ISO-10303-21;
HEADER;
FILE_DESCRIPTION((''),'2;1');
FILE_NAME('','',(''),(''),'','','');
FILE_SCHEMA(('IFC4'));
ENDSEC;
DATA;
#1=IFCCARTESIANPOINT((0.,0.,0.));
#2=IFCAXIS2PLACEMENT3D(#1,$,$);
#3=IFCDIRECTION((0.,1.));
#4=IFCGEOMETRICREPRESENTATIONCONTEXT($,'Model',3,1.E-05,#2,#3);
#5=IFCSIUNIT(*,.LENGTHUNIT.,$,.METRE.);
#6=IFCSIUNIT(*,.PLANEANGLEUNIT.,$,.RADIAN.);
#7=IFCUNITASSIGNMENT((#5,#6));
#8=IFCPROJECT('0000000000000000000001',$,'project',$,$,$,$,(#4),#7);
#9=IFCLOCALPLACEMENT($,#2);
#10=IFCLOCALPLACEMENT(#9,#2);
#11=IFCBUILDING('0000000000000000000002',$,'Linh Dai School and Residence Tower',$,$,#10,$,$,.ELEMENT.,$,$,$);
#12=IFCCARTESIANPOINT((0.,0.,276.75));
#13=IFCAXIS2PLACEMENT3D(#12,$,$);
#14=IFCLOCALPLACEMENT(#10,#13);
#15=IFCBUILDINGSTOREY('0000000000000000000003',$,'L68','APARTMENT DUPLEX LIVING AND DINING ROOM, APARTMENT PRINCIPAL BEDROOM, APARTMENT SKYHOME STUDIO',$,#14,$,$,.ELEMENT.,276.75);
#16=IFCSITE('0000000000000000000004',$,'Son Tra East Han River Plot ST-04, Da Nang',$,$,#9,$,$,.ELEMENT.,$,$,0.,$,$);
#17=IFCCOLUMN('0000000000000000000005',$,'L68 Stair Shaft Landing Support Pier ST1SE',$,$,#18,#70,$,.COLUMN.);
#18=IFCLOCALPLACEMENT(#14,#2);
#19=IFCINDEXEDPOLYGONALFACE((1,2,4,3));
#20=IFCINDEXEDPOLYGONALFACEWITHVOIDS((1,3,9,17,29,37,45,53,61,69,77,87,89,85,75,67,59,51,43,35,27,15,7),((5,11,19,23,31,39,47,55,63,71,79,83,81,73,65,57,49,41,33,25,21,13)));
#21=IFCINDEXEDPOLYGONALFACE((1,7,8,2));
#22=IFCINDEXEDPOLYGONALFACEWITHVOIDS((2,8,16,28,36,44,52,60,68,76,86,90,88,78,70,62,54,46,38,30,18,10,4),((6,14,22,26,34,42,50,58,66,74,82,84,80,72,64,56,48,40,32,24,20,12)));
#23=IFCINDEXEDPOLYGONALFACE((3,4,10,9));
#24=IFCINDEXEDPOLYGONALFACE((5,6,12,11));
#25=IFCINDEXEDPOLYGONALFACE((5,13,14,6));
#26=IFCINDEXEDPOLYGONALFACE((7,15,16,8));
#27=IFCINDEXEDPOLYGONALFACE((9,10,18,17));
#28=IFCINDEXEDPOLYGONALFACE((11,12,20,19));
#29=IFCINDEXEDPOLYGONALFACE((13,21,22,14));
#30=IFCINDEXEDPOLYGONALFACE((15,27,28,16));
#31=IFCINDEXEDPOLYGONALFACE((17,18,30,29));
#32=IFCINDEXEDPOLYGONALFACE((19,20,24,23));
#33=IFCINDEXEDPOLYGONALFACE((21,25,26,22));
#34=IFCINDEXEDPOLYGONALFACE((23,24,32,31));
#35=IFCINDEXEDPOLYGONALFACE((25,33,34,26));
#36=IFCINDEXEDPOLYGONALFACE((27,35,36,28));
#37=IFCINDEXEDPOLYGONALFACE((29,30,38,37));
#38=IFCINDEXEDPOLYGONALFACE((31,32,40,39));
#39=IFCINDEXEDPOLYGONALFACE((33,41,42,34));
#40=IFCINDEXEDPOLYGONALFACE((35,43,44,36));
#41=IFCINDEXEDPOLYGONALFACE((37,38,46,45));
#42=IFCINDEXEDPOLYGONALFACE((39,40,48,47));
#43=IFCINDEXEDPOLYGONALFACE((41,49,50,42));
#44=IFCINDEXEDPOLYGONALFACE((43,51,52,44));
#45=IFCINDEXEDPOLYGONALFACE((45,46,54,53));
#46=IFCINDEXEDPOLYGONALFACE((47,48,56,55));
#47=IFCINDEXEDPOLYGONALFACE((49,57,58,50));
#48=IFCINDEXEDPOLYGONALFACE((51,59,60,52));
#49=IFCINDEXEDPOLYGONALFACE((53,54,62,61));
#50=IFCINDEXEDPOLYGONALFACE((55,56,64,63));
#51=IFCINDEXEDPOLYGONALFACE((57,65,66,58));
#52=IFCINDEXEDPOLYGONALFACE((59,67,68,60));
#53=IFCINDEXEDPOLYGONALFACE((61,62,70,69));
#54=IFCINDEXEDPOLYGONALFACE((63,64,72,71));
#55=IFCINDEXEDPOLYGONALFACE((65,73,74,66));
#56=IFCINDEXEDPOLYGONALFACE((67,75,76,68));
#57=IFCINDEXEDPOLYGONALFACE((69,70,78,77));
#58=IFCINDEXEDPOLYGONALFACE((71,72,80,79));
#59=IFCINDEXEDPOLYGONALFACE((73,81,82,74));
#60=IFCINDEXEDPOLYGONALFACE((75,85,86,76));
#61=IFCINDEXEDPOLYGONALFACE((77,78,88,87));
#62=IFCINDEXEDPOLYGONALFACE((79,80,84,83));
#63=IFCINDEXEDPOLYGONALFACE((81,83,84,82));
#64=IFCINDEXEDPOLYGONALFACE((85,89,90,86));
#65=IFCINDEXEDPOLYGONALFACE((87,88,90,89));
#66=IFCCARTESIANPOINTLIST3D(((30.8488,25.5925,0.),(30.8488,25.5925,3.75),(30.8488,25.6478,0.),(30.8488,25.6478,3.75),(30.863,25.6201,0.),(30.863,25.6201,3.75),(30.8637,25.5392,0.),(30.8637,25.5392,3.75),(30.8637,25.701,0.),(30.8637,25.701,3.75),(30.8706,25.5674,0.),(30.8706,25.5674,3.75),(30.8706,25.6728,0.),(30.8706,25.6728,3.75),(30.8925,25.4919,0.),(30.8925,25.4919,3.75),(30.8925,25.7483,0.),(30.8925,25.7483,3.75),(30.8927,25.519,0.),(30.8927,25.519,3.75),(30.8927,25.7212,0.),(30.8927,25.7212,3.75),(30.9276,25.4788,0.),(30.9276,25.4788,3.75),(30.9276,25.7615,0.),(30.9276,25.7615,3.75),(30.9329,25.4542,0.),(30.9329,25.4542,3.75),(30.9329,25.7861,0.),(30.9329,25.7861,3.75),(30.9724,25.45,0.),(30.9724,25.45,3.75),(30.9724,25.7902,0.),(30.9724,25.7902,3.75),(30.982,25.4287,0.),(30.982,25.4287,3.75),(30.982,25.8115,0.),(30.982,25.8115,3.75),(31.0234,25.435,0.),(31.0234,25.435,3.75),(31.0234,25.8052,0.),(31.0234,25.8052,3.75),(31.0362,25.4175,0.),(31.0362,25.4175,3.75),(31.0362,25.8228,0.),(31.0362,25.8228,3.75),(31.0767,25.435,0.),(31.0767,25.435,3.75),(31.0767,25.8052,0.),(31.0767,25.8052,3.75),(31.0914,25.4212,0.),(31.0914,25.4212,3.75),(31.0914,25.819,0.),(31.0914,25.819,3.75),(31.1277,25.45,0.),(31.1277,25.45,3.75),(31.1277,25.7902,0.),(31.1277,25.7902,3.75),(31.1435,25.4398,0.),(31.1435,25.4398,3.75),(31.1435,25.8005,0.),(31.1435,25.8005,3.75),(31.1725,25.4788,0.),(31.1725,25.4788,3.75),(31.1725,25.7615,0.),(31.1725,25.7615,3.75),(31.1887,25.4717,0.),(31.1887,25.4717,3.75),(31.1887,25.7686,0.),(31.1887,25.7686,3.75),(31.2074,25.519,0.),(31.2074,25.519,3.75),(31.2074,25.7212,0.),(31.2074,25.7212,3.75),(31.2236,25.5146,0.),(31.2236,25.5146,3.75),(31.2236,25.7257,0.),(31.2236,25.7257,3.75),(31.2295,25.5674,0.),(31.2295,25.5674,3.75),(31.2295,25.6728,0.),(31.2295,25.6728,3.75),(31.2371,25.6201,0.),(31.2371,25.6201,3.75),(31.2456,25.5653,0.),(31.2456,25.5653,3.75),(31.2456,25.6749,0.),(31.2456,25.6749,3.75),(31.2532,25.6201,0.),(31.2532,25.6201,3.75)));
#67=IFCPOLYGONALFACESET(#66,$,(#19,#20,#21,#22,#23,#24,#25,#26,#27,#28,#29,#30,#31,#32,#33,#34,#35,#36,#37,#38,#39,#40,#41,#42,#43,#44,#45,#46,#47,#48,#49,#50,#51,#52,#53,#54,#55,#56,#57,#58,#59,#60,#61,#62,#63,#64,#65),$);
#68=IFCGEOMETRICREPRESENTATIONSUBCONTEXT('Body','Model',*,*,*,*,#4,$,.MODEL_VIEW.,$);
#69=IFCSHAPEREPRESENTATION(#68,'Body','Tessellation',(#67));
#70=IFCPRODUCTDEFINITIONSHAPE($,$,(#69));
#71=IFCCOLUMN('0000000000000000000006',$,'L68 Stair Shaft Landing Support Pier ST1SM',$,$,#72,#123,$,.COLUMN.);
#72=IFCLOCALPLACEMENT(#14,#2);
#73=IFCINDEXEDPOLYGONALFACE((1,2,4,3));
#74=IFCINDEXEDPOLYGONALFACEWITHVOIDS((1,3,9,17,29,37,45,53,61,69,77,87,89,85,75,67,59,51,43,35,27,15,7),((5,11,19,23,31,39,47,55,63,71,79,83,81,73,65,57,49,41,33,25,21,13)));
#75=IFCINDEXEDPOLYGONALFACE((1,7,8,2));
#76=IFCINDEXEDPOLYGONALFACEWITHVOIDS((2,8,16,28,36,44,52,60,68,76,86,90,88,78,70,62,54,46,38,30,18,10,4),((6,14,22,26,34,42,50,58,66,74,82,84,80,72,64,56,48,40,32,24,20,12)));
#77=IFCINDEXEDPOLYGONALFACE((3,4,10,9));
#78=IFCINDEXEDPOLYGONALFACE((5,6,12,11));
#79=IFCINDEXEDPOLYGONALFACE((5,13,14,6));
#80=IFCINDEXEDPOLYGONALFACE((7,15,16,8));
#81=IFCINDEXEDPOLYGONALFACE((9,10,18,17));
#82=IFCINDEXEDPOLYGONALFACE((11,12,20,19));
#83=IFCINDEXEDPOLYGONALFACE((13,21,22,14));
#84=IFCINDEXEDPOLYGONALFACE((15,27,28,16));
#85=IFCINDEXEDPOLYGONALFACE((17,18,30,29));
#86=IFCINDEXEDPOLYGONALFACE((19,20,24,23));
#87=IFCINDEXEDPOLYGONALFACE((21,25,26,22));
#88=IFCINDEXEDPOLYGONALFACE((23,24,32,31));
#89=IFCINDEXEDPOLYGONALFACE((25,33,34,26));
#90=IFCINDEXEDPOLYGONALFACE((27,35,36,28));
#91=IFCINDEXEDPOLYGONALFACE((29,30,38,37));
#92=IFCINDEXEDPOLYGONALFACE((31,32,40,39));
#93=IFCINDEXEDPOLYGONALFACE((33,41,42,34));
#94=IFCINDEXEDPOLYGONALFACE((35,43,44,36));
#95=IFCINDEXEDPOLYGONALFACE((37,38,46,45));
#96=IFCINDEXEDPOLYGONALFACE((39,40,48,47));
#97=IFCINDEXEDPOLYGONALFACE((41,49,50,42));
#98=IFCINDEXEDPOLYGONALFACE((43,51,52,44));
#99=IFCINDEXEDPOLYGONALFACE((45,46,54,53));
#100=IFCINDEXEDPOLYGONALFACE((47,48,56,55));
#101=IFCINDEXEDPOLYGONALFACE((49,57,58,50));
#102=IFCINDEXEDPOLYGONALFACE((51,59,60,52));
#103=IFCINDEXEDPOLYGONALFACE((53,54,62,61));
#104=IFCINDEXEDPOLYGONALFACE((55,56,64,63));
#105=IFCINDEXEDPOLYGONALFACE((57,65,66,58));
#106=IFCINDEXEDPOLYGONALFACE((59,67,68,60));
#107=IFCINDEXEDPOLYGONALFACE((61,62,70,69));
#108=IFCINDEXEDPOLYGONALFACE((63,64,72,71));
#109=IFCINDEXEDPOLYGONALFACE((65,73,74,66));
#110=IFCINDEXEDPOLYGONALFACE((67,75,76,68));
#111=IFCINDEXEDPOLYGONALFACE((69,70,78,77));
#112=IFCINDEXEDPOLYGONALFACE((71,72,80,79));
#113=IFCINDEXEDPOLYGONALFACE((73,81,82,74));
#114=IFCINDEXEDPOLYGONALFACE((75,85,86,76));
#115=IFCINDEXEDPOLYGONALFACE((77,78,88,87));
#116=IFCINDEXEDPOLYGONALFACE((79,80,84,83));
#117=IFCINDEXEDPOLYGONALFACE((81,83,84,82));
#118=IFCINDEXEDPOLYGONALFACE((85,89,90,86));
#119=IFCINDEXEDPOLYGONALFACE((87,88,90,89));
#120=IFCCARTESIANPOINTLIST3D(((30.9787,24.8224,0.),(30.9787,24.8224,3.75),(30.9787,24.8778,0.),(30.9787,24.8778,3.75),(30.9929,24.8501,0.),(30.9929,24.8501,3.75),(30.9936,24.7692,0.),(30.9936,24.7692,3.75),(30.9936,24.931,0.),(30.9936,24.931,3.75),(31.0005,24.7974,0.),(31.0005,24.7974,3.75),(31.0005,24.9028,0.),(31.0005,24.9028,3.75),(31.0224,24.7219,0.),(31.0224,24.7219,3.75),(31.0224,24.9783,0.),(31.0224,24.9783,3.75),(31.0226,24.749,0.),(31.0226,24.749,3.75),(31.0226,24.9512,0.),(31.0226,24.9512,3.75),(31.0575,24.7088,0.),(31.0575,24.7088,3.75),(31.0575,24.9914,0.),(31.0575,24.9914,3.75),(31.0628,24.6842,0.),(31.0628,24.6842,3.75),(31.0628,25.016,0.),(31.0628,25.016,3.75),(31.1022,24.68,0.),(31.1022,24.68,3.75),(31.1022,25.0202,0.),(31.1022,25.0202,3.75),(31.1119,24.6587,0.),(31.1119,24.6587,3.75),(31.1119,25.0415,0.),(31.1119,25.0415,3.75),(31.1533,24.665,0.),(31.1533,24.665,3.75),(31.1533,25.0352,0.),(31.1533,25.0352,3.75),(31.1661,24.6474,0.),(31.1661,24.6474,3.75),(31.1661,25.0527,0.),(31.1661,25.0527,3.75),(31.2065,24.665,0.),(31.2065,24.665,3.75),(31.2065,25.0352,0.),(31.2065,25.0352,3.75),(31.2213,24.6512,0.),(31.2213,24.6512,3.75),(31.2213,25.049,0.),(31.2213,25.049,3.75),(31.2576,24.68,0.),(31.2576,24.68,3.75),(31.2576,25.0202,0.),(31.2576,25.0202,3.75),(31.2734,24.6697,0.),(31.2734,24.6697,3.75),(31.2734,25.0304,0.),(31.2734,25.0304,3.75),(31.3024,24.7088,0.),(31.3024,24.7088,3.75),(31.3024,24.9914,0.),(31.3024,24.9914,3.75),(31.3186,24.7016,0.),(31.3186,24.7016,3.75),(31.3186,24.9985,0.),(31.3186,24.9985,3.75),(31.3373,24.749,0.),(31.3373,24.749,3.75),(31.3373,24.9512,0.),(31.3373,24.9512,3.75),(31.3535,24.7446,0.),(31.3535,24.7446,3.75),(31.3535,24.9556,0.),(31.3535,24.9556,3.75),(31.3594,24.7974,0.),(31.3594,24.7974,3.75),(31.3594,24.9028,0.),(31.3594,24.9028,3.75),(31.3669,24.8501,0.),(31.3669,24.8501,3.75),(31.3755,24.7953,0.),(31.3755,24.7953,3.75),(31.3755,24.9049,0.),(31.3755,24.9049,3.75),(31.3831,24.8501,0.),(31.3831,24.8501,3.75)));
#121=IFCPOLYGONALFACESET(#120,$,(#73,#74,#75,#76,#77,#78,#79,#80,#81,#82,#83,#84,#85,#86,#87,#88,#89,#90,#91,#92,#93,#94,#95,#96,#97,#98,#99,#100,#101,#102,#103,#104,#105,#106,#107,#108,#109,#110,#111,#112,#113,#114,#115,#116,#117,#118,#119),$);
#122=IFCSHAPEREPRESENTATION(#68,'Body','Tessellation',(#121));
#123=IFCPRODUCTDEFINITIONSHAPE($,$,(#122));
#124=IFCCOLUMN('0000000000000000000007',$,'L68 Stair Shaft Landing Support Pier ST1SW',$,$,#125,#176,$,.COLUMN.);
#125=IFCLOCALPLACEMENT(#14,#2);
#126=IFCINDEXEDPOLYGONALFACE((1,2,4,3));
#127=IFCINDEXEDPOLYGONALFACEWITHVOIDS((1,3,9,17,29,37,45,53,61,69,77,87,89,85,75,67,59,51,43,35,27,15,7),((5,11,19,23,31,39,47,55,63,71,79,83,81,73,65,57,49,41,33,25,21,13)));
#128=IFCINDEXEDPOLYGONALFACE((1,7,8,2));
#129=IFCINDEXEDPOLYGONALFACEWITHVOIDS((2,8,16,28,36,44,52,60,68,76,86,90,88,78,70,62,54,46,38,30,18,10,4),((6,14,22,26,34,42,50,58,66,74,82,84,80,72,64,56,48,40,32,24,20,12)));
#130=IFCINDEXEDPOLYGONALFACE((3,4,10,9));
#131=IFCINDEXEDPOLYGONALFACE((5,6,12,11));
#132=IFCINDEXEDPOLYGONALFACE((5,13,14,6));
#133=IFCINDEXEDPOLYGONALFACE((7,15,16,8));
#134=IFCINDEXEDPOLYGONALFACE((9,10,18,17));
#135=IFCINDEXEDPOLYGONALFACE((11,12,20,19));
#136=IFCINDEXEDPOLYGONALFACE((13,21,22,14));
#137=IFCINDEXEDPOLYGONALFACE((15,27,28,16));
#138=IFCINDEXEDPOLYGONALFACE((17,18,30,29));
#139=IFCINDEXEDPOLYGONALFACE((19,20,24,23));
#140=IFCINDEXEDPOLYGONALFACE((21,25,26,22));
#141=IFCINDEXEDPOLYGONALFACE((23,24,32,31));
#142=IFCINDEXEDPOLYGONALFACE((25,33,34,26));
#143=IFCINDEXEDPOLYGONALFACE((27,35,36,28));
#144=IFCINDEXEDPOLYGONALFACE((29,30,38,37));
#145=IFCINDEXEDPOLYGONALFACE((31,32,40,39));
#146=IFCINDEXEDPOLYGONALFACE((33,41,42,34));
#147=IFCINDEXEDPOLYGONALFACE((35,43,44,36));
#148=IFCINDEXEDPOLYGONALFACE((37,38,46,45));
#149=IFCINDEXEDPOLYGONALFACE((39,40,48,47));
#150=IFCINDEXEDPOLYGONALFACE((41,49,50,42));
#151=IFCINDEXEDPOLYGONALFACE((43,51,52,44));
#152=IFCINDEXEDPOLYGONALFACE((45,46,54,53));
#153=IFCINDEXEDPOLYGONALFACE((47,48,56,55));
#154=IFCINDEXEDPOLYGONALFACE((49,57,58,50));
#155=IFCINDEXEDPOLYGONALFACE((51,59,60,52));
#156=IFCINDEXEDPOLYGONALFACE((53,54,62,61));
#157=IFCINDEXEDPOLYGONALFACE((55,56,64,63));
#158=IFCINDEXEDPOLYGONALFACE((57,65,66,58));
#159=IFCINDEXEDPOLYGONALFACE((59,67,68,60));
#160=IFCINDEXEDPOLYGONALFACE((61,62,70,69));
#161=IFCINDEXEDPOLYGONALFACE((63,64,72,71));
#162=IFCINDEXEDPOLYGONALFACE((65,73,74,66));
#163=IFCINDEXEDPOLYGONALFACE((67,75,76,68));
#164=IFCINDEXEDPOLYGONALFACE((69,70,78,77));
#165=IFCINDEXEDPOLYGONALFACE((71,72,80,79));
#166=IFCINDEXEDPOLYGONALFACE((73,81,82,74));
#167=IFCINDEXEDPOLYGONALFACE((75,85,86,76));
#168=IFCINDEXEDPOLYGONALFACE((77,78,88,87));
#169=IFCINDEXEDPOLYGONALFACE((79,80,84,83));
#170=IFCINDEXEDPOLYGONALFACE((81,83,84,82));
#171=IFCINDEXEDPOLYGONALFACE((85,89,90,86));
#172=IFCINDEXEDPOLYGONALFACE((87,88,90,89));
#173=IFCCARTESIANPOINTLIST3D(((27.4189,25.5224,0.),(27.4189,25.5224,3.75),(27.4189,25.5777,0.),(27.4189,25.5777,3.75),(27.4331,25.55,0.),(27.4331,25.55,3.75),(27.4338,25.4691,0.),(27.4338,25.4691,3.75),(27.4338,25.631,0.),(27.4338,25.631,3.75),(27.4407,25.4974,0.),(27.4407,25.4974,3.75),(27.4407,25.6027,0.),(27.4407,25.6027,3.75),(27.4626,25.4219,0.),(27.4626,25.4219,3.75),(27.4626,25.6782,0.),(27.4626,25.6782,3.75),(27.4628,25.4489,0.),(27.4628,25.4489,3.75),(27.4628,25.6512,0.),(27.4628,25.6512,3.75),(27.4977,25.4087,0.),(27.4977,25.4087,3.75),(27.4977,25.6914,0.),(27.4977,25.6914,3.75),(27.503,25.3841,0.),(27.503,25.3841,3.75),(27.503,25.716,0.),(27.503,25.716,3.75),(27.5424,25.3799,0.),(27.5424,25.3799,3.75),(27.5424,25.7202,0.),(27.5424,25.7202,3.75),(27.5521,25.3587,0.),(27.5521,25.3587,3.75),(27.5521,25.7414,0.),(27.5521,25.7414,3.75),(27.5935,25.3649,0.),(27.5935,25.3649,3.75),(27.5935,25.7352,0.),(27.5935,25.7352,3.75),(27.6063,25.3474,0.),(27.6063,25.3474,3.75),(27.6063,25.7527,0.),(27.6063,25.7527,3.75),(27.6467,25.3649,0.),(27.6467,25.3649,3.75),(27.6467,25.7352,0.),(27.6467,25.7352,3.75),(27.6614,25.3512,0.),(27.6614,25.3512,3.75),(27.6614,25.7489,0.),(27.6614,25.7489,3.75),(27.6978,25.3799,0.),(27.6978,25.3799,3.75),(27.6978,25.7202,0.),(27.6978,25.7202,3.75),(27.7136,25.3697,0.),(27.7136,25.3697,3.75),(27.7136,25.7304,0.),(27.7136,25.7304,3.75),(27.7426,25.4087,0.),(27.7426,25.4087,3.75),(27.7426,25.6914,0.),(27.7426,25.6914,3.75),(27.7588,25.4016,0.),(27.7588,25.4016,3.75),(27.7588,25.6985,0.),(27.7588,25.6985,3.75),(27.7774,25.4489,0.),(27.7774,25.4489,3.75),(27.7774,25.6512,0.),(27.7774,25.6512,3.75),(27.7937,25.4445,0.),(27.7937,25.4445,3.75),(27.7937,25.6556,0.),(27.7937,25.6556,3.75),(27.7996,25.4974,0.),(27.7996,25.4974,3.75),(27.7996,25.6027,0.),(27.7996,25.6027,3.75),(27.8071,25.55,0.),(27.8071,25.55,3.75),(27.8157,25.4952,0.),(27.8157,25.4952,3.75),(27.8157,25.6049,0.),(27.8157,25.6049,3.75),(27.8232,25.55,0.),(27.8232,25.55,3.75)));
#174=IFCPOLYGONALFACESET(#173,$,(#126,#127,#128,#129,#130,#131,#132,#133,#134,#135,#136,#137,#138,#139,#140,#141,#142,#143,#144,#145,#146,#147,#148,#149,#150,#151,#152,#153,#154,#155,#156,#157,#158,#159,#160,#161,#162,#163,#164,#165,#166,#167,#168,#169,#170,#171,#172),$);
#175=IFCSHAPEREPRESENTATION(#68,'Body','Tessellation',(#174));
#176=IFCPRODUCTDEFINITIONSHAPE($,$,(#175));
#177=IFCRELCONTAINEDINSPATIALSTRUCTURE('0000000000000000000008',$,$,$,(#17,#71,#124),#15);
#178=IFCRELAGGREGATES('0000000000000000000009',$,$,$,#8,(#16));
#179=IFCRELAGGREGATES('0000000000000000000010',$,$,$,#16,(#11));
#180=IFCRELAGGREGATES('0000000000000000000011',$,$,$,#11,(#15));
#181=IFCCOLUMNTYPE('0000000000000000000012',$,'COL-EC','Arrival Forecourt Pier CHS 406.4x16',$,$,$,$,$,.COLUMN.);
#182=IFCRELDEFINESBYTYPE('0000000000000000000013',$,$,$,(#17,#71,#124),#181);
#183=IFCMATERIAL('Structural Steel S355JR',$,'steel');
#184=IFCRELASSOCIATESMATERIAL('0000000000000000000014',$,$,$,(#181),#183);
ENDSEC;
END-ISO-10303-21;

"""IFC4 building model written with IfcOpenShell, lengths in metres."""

from ifc_helpers import new_model, si_unit, direction, frame, origin, origin_2d, place, context, subcontext, project, spatial, hollow_circle, extrude, material, material_profile, profile_set, type_object, element, save


model = new_model("IFC4")

# Units and contexts
model_context = context("Model", 3, precision=1e-05, world=origin(), true_north=direction((0.0, 1.0)))
body_context = subcontext(model_context, "Body", "Model", "MODEL_VIEW")
ifc_project = project(units=[si_unit("LENGTHUNIT", "METRE"), si_unit("PLANEANGLEUNIT", "RADIAN")], contexts=[model_context])

# Site, building, storey
site_placement = place(None, origin())
site = spatial("IfcSite", under=ifc_project, at=site_placement, Name="Son Tra East Han River Plot ST-04, Da Nang", CompositionType="ELEMENT", RefElevation=0.0)
building_placement = place(site_placement, origin())
building = spatial("IfcBuilding", under=site, at=building_placement, Name="Linh Dai School and Residence Tower", CompositionType="ELEMENT")
storey_placement = place(building_placement, frame((0.0, 0.0, 276.75)))
storey = spatial("IfcBuildingStorey", under=building, at=storey_placement, Name="L68", Description="APARTMENT DUPLEX LIVING AND DINING ROOM, APARTMENT PRINCIPAL BEDROOM, APARTMENT SKYHOME STUDIO", CompositionType="ELEMENT", Elevation=276.75)

# Columns
ifc_material_1 = material(Name="Structural Steel S355JR", Category="steel")
ifc_material_profile_1 = material_profile(ifc_material_1, hollow_circle(Radius=0.2031, WallThickness=0.0161, at=origin_2d()), Name="CHS 406.4x16")
ifc_profile_set_1 = profile_set([ifc_material_profile_1], Name="Structural Steel S355JR")
column_type = type_object("IfcColumnType", Name="COL-EC", Description="Arrival Forecourt Pier CHS 406.4x16", PredefinedType="COLUMN", material=ifc_profile_set_1)
for number, where, z_axis, x_axis, name in (
    (1, (31.05, 25.6201, 0.0), (0.0, 0.0, 1.0), (1.0, 0.0, 0.0), "L68 Stair Shaft Landing Support Pier ST1SE"),
    (2, (31.1799, 24.8501, 0.0), (0.0, 0.0, 1.0), (1.0, 0.0, 0.0), "L68 Stair Shaft Landing Support Pier ST1SM"),
    (3, (27.6201, 25.55, 0.0), (0.0, 0.0, 1.0), (1.0, 0.0, 0.0), "L68 Stair Shaft Landing Support Pier ST1SW"),
):
    element("IfcColumn", number, at=place(storey_placement, frame(where, z_axis=z_axis, x_axis=x_axis)), inside=storey, type_object=column_type, Name=name, PredefinedType="COLUMN", context=body_context, shape_type="SweptSolid", body=[
        extrude(hollow_circle(Radius=0.2031, WallThickness=0.0161, at=origin_2d()), origin(), (0.0, 0.0, 1.0), 3.75),
    ])

save(model, "model.ifc")
